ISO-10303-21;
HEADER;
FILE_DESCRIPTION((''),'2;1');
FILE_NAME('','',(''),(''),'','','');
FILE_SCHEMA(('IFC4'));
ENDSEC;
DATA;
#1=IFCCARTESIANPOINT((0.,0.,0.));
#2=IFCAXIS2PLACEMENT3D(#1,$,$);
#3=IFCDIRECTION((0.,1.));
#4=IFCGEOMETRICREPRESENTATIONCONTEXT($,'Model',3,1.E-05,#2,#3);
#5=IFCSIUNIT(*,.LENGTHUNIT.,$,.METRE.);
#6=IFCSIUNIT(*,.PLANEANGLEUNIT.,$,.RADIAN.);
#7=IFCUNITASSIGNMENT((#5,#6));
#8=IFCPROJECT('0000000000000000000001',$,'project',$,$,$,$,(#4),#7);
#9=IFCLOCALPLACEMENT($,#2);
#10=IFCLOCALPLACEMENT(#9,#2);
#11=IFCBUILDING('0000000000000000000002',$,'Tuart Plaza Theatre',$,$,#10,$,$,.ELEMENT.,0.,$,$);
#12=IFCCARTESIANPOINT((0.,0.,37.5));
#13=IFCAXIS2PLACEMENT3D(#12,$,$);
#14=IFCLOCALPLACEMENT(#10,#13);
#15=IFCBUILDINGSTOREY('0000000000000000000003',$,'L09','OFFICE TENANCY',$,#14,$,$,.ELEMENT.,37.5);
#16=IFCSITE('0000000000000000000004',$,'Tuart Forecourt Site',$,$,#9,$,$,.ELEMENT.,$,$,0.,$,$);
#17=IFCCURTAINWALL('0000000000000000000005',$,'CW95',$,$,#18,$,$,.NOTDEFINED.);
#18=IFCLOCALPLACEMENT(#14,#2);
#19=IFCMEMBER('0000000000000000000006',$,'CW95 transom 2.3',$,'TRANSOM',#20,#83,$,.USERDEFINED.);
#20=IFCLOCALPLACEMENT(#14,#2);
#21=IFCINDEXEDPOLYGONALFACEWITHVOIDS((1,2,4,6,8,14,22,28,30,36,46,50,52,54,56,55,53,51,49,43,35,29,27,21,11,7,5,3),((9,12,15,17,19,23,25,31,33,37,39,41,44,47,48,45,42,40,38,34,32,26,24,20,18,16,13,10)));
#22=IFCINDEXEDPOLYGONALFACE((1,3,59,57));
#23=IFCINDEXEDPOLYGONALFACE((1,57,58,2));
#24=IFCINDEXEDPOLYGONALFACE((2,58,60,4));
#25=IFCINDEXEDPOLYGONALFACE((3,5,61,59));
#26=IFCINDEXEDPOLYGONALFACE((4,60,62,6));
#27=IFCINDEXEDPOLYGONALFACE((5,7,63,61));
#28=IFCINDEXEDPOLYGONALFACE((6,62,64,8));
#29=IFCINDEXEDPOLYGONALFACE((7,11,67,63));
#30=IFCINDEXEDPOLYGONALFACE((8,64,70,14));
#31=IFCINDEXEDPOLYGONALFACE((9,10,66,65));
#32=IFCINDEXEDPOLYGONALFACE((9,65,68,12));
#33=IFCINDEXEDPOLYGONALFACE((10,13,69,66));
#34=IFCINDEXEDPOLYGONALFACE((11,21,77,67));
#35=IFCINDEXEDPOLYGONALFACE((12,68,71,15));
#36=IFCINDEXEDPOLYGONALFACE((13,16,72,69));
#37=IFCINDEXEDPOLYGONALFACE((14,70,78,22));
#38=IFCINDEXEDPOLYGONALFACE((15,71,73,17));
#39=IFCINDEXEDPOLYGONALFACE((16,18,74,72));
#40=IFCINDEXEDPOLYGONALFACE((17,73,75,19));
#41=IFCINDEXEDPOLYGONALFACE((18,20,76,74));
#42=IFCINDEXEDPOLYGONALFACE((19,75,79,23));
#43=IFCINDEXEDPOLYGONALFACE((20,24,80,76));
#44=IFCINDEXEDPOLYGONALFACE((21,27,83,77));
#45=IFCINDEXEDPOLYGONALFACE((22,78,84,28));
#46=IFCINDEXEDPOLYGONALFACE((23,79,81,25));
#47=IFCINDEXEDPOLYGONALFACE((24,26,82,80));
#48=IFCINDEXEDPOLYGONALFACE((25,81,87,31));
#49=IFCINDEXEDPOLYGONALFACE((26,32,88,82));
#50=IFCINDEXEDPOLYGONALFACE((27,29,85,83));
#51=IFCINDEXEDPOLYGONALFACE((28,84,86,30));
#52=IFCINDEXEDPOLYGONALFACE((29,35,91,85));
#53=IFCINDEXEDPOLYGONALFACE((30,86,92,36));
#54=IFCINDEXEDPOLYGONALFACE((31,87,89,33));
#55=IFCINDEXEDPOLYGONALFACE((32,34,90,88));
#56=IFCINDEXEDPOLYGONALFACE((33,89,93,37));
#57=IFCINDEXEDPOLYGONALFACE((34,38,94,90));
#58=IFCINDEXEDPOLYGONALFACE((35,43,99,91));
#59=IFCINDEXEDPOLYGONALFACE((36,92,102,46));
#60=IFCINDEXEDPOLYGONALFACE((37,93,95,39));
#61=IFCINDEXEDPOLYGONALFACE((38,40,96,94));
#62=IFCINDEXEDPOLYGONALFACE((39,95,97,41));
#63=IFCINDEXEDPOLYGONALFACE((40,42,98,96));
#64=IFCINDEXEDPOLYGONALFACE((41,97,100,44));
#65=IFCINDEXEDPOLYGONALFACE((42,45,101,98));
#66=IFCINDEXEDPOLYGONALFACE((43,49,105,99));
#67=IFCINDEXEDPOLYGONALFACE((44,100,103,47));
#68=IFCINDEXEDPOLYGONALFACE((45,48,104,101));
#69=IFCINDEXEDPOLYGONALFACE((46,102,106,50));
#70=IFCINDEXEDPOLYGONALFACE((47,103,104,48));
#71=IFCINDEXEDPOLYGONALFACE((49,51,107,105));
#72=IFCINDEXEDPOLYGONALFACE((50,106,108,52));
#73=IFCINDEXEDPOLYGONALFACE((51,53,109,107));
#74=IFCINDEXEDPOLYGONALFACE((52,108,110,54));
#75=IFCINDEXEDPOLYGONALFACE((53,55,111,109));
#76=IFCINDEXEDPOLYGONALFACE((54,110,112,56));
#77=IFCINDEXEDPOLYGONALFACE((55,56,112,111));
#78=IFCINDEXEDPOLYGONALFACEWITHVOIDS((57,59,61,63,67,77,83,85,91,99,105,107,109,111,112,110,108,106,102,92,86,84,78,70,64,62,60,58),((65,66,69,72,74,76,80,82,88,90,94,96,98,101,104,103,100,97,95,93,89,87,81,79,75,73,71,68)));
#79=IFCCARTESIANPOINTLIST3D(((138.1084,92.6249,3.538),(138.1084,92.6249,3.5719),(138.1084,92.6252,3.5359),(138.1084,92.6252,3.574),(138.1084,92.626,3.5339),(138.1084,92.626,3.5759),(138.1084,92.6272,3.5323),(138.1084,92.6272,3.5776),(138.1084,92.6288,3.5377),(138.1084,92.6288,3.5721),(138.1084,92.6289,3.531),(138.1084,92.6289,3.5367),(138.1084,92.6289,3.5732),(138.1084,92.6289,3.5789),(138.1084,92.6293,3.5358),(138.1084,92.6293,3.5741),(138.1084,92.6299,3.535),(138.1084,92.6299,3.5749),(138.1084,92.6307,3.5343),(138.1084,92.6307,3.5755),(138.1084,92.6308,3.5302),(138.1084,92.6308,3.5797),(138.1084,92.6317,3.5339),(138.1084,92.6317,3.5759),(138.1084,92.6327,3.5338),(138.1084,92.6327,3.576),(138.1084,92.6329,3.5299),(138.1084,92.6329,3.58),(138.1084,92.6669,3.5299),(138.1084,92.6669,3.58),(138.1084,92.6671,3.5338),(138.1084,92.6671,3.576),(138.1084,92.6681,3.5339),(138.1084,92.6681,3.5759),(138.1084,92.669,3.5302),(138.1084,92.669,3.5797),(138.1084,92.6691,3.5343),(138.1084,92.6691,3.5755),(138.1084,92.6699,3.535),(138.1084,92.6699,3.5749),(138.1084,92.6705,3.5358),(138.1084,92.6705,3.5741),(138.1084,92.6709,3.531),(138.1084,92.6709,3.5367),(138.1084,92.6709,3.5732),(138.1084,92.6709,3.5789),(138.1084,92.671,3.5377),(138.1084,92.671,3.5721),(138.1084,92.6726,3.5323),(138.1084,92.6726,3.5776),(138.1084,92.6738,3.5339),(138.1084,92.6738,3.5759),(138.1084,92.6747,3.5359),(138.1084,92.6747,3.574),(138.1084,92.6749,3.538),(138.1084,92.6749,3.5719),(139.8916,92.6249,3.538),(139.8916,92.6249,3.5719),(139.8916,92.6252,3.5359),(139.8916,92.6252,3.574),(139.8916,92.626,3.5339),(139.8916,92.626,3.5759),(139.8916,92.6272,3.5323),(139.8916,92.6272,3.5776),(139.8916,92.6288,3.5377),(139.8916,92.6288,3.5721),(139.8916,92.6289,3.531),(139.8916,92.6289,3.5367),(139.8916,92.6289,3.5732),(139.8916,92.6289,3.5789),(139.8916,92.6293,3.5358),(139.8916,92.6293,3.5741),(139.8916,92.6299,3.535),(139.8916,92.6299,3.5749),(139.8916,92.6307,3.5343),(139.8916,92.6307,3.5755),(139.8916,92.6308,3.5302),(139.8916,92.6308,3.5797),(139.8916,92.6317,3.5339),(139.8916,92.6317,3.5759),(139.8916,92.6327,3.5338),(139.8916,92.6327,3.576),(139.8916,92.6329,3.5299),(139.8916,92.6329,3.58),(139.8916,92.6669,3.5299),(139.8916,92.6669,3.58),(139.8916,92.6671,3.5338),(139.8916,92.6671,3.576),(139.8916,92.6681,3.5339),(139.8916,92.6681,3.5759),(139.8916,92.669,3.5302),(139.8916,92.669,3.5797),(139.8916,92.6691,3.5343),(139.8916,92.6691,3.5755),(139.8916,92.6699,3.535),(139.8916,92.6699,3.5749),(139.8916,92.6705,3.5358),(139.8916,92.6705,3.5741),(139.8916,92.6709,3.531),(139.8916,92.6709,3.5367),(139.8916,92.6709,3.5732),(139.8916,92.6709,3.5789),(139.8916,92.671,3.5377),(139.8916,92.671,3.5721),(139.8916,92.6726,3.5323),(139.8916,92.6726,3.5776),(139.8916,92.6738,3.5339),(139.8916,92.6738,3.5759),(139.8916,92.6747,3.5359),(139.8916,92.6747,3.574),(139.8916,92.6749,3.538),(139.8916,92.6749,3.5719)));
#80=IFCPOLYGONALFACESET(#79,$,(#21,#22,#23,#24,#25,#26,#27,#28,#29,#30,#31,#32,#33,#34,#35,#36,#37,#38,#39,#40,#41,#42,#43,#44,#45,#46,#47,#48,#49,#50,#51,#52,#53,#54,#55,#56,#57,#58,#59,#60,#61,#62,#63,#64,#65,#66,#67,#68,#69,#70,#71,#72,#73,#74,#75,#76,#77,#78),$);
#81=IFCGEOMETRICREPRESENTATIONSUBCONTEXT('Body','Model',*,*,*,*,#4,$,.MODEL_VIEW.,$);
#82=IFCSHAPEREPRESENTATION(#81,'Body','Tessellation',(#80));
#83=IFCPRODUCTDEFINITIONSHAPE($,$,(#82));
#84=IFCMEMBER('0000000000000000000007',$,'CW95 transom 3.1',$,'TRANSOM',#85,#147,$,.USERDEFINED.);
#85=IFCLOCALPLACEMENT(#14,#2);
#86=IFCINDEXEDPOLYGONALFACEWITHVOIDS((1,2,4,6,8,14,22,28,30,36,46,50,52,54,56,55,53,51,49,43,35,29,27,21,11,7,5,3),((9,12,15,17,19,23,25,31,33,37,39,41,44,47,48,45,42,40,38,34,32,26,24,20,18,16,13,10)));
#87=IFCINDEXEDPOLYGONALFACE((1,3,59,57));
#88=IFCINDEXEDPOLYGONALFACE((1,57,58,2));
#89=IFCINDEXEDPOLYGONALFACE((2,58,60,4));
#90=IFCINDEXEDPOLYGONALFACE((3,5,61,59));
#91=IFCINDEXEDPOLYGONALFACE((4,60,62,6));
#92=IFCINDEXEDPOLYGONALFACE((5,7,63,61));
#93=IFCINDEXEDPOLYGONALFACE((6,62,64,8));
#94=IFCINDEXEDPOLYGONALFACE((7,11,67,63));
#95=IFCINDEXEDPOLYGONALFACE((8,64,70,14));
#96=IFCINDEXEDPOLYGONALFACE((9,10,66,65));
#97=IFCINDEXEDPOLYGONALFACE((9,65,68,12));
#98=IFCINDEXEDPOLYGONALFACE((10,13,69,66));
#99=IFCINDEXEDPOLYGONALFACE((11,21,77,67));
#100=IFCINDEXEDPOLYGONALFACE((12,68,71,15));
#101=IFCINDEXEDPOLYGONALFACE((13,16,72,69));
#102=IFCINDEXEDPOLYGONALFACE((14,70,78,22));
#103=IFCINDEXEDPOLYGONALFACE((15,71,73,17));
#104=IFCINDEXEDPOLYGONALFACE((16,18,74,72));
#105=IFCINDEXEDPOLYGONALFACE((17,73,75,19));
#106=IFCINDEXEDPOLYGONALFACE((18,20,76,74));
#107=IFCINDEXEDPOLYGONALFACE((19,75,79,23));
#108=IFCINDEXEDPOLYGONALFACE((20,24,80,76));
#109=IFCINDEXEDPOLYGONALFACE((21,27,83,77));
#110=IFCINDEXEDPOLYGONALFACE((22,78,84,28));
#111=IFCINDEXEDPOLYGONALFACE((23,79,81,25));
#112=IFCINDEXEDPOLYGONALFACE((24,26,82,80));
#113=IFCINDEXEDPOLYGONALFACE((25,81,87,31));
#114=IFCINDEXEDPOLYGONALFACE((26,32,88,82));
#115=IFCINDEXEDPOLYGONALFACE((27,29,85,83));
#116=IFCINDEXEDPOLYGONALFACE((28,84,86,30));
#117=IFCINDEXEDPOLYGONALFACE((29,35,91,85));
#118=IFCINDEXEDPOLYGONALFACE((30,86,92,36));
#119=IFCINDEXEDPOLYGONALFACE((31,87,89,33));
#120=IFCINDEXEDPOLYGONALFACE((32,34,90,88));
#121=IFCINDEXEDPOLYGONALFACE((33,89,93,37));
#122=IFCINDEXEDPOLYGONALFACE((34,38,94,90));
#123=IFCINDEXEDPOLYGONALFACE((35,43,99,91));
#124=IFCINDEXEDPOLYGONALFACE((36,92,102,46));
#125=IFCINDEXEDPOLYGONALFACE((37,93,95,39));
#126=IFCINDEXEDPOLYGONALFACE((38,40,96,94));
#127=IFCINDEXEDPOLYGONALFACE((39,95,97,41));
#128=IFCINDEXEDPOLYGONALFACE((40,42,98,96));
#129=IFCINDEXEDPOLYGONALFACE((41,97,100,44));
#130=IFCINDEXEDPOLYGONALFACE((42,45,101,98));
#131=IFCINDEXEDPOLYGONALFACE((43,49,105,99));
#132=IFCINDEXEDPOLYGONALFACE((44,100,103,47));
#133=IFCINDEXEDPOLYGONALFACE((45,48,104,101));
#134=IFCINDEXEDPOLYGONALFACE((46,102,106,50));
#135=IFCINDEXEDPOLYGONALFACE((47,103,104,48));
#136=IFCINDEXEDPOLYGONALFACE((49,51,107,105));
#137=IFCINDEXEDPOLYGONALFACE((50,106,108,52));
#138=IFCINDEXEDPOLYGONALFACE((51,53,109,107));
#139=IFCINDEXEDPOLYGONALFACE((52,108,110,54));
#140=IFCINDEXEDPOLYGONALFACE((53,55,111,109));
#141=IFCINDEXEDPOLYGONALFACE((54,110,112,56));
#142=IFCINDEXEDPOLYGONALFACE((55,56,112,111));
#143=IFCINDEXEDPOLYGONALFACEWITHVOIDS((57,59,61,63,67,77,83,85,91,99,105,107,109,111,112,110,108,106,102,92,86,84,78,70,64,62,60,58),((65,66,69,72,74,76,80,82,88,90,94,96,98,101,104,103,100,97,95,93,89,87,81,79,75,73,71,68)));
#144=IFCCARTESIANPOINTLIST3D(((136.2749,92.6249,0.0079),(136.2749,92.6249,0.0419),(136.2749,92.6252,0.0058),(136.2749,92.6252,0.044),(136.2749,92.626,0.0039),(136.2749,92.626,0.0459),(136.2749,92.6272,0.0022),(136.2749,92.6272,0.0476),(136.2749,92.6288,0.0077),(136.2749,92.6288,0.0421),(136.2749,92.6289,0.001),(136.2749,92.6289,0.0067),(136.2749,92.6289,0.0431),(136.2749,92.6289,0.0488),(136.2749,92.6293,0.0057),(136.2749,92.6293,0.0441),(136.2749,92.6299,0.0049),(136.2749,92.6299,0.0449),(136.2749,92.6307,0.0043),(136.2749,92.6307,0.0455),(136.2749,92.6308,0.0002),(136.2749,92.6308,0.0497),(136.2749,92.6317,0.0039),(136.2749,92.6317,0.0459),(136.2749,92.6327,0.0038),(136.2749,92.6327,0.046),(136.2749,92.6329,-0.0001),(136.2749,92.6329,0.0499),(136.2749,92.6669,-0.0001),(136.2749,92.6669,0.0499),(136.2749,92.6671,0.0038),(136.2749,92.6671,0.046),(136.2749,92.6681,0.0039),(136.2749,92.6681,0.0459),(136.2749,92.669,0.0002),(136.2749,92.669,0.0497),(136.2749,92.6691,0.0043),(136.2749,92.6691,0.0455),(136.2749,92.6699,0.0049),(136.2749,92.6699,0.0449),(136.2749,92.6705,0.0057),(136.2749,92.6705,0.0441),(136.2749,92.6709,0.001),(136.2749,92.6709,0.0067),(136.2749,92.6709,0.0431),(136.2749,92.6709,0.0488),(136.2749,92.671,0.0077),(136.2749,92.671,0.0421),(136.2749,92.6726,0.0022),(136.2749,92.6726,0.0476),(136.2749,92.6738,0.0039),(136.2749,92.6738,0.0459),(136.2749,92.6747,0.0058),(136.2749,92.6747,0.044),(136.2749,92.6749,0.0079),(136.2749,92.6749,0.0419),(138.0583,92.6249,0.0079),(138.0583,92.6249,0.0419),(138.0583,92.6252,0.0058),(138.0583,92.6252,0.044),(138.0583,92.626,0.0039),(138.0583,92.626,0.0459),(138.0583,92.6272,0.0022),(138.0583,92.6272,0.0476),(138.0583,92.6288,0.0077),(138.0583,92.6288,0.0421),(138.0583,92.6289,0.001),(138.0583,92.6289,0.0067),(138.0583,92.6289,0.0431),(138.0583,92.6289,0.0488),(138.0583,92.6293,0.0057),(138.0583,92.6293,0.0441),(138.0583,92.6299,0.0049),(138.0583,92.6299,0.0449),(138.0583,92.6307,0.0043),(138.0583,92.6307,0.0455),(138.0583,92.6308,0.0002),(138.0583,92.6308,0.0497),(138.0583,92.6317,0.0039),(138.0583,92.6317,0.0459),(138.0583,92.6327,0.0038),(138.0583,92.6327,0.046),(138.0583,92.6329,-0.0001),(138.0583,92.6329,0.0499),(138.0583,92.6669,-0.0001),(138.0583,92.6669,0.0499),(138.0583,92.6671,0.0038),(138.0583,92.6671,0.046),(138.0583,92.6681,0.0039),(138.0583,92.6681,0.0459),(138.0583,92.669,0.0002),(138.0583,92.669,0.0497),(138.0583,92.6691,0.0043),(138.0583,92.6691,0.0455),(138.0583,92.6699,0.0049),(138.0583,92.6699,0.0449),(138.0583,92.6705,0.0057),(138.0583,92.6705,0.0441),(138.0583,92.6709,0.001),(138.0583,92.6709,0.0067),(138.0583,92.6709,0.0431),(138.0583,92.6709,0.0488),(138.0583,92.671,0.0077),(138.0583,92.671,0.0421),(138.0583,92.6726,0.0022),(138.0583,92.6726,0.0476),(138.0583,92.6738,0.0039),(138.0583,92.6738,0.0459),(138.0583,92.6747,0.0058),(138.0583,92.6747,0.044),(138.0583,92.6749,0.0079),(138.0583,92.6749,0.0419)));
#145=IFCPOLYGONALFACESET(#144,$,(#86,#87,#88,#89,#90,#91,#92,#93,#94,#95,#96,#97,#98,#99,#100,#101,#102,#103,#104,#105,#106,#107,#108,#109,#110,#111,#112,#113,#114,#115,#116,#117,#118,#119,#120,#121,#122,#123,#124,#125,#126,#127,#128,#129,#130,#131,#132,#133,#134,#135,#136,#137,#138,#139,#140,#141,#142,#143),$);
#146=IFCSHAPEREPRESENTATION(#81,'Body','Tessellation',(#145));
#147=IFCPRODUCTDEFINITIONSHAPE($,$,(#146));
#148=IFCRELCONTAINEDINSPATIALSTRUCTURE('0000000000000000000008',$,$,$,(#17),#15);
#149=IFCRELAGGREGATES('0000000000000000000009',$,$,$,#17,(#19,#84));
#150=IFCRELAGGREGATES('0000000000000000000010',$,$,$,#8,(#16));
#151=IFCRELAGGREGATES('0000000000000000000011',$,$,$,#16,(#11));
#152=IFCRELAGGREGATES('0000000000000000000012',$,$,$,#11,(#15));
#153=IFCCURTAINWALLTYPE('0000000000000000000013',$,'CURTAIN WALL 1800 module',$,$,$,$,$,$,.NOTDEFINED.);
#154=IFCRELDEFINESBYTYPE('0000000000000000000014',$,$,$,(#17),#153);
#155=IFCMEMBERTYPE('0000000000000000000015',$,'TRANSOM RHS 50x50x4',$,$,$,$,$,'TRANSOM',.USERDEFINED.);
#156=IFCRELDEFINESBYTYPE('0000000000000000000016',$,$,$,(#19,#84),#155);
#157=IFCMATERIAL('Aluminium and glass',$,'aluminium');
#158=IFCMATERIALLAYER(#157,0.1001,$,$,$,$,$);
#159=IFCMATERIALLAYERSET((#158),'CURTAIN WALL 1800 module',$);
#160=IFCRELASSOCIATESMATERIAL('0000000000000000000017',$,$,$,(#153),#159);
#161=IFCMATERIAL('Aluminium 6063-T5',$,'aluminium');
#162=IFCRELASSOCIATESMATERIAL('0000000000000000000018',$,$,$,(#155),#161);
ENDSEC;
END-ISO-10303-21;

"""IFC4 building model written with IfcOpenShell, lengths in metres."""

from ifc_helpers import new_model, si_unit, direction, frame, origin, origin_2d, place, context, subcontext, project, spatial, hollow_rectangle, extrude, material, layer, layer_set, material_profile, profile_set, type_object, element, aggregate, save


model = new_model("IFC4")

# Units and contexts
model_context = context("Model", 3, precision=1e-05, world=origin(), true_north=direction((0.0, 1.0)))
body_context = subcontext(model_context, "Body", "Model", "MODEL_VIEW")
ifc_project = project(units=[si_unit("LENGTHUNIT", "METRE"), si_unit("PLANEANGLEUNIT", "RADIAN")], contexts=[model_context])

# Site, building, storey
site_placement = place(None, origin())
site = spatial("IfcSite", under=ifc_project, at=site_placement, Name="Tuart Forecourt Site", CompositionType="ELEMENT", RefElevation=0.0)
building_placement = place(site_placement, origin())
building = spatial("IfcBuilding", under=site, at=building_placement, Name="Tuart Plaza Theatre", CompositionType="ELEMENT", ElevationOfRefHeight=0.0)
storey_placement = place(building_placement, frame((0.0, 0.0, 37.5)))
storey = spatial("IfcBuildingStorey", under=building, at=storey_placement, Name="L09", Description="OFFICE TENANCY", CompositionType="ELEMENT", Elevation=37.5)

# Curtain wall, members
ifc_material_1 = material(Name="Aluminium and glass", Category="aluminium")
ifc_layer_1 = layer(ifc_material_1, 0.1001)
ifc_layer_set_1 = layer_set([ifc_layer_1], Name="CURTAIN WALL 1800 module")
curtain_wall_type = type_object("IfcCurtainWallType", Name="CURTAIN WALL 1800 module", PredefinedType="NOTDEFINED", material=ifc_layer_set_1)
curtain_wall_placement = place(storey_placement, origin())
curtain_wall = element("IfcCurtainWall", 1, at=curtain_wall_placement, inside=storey, type_object=curtain_wall_type, Name="CW95", PredefinedType="NOTDEFINED")
ifc_material_2 = material(Name="Aluminium 6063-T5", Category="aluminium")
ifc_material_profile_1 = material_profile(ifc_material_2, hollow_rectangle(XDim=0.05, YDim=0.05, WallThickness=0.0039, InnerFilletRadius=0.0039, OuterFilletRadius=0.0081, at=origin_2d()), Name="RHS 50x50x4")
ifc_profile_set_1 = profile_set([ifc_material_profile_1], Name="Aluminium 6063-T5")
member_type_1 = type_object("IfcMemberType", Name="TRANSOM RHS 50x50x4", ElementType="TRANSOM", PredefinedType="USERDEFINED", material=ifc_profile_set_1)
member_1_placement = place(storey_placement, frame((139.8916, 92.6499, 3.5549), z_axis=(-1.0, 0.0, 0.0), x_axis=(0.0, -1.0, 0.0)))
member_1 = element("IfcMember", 2, at=member_1_placement, type_object=member_type_1, Name="CW95 transom 2.3", ObjectType="TRANSOM", PredefinedType="USERDEFINED", context=body_context, shape_type="SweptSolid", body=[
    extrude(hollow_rectangle(XDim=0.05, YDim=0.05, WallThickness=0.0039, InnerFilletRadius=0.0039, OuterFilletRadius=0.0081, at=origin_2d()), origin(), (0.0, 0.0, 1.0), 1.7832),
])
member_2_placement = place(storey_placement, frame((138.0583, 92.6499, 0.0249), z_axis=(-1.0, 0.0, 0.0), x_axis=(0.0, -1.0, 0.0)))
member_2 = element("IfcMember", 3, at=member_2_placement, type_object=member_type_1, Name="CW95 transom 3.1", ObjectType="TRANSOM", PredefinedType="USERDEFINED", context=body_context, shape_type="SweptSolid", body=[
    extrude(hollow_rectangle(XDim=0.05, YDim=0.05, WallThickness=0.0039, InnerFilletRadius=0.0039, OuterFilletRadius=0.0081, at=origin_2d()), origin(), (0.0, 0.0, 1.0), 1.7834),
])
aggregate(curtain_wall, [member_1, member_2])

save(model, "model.ifc")
